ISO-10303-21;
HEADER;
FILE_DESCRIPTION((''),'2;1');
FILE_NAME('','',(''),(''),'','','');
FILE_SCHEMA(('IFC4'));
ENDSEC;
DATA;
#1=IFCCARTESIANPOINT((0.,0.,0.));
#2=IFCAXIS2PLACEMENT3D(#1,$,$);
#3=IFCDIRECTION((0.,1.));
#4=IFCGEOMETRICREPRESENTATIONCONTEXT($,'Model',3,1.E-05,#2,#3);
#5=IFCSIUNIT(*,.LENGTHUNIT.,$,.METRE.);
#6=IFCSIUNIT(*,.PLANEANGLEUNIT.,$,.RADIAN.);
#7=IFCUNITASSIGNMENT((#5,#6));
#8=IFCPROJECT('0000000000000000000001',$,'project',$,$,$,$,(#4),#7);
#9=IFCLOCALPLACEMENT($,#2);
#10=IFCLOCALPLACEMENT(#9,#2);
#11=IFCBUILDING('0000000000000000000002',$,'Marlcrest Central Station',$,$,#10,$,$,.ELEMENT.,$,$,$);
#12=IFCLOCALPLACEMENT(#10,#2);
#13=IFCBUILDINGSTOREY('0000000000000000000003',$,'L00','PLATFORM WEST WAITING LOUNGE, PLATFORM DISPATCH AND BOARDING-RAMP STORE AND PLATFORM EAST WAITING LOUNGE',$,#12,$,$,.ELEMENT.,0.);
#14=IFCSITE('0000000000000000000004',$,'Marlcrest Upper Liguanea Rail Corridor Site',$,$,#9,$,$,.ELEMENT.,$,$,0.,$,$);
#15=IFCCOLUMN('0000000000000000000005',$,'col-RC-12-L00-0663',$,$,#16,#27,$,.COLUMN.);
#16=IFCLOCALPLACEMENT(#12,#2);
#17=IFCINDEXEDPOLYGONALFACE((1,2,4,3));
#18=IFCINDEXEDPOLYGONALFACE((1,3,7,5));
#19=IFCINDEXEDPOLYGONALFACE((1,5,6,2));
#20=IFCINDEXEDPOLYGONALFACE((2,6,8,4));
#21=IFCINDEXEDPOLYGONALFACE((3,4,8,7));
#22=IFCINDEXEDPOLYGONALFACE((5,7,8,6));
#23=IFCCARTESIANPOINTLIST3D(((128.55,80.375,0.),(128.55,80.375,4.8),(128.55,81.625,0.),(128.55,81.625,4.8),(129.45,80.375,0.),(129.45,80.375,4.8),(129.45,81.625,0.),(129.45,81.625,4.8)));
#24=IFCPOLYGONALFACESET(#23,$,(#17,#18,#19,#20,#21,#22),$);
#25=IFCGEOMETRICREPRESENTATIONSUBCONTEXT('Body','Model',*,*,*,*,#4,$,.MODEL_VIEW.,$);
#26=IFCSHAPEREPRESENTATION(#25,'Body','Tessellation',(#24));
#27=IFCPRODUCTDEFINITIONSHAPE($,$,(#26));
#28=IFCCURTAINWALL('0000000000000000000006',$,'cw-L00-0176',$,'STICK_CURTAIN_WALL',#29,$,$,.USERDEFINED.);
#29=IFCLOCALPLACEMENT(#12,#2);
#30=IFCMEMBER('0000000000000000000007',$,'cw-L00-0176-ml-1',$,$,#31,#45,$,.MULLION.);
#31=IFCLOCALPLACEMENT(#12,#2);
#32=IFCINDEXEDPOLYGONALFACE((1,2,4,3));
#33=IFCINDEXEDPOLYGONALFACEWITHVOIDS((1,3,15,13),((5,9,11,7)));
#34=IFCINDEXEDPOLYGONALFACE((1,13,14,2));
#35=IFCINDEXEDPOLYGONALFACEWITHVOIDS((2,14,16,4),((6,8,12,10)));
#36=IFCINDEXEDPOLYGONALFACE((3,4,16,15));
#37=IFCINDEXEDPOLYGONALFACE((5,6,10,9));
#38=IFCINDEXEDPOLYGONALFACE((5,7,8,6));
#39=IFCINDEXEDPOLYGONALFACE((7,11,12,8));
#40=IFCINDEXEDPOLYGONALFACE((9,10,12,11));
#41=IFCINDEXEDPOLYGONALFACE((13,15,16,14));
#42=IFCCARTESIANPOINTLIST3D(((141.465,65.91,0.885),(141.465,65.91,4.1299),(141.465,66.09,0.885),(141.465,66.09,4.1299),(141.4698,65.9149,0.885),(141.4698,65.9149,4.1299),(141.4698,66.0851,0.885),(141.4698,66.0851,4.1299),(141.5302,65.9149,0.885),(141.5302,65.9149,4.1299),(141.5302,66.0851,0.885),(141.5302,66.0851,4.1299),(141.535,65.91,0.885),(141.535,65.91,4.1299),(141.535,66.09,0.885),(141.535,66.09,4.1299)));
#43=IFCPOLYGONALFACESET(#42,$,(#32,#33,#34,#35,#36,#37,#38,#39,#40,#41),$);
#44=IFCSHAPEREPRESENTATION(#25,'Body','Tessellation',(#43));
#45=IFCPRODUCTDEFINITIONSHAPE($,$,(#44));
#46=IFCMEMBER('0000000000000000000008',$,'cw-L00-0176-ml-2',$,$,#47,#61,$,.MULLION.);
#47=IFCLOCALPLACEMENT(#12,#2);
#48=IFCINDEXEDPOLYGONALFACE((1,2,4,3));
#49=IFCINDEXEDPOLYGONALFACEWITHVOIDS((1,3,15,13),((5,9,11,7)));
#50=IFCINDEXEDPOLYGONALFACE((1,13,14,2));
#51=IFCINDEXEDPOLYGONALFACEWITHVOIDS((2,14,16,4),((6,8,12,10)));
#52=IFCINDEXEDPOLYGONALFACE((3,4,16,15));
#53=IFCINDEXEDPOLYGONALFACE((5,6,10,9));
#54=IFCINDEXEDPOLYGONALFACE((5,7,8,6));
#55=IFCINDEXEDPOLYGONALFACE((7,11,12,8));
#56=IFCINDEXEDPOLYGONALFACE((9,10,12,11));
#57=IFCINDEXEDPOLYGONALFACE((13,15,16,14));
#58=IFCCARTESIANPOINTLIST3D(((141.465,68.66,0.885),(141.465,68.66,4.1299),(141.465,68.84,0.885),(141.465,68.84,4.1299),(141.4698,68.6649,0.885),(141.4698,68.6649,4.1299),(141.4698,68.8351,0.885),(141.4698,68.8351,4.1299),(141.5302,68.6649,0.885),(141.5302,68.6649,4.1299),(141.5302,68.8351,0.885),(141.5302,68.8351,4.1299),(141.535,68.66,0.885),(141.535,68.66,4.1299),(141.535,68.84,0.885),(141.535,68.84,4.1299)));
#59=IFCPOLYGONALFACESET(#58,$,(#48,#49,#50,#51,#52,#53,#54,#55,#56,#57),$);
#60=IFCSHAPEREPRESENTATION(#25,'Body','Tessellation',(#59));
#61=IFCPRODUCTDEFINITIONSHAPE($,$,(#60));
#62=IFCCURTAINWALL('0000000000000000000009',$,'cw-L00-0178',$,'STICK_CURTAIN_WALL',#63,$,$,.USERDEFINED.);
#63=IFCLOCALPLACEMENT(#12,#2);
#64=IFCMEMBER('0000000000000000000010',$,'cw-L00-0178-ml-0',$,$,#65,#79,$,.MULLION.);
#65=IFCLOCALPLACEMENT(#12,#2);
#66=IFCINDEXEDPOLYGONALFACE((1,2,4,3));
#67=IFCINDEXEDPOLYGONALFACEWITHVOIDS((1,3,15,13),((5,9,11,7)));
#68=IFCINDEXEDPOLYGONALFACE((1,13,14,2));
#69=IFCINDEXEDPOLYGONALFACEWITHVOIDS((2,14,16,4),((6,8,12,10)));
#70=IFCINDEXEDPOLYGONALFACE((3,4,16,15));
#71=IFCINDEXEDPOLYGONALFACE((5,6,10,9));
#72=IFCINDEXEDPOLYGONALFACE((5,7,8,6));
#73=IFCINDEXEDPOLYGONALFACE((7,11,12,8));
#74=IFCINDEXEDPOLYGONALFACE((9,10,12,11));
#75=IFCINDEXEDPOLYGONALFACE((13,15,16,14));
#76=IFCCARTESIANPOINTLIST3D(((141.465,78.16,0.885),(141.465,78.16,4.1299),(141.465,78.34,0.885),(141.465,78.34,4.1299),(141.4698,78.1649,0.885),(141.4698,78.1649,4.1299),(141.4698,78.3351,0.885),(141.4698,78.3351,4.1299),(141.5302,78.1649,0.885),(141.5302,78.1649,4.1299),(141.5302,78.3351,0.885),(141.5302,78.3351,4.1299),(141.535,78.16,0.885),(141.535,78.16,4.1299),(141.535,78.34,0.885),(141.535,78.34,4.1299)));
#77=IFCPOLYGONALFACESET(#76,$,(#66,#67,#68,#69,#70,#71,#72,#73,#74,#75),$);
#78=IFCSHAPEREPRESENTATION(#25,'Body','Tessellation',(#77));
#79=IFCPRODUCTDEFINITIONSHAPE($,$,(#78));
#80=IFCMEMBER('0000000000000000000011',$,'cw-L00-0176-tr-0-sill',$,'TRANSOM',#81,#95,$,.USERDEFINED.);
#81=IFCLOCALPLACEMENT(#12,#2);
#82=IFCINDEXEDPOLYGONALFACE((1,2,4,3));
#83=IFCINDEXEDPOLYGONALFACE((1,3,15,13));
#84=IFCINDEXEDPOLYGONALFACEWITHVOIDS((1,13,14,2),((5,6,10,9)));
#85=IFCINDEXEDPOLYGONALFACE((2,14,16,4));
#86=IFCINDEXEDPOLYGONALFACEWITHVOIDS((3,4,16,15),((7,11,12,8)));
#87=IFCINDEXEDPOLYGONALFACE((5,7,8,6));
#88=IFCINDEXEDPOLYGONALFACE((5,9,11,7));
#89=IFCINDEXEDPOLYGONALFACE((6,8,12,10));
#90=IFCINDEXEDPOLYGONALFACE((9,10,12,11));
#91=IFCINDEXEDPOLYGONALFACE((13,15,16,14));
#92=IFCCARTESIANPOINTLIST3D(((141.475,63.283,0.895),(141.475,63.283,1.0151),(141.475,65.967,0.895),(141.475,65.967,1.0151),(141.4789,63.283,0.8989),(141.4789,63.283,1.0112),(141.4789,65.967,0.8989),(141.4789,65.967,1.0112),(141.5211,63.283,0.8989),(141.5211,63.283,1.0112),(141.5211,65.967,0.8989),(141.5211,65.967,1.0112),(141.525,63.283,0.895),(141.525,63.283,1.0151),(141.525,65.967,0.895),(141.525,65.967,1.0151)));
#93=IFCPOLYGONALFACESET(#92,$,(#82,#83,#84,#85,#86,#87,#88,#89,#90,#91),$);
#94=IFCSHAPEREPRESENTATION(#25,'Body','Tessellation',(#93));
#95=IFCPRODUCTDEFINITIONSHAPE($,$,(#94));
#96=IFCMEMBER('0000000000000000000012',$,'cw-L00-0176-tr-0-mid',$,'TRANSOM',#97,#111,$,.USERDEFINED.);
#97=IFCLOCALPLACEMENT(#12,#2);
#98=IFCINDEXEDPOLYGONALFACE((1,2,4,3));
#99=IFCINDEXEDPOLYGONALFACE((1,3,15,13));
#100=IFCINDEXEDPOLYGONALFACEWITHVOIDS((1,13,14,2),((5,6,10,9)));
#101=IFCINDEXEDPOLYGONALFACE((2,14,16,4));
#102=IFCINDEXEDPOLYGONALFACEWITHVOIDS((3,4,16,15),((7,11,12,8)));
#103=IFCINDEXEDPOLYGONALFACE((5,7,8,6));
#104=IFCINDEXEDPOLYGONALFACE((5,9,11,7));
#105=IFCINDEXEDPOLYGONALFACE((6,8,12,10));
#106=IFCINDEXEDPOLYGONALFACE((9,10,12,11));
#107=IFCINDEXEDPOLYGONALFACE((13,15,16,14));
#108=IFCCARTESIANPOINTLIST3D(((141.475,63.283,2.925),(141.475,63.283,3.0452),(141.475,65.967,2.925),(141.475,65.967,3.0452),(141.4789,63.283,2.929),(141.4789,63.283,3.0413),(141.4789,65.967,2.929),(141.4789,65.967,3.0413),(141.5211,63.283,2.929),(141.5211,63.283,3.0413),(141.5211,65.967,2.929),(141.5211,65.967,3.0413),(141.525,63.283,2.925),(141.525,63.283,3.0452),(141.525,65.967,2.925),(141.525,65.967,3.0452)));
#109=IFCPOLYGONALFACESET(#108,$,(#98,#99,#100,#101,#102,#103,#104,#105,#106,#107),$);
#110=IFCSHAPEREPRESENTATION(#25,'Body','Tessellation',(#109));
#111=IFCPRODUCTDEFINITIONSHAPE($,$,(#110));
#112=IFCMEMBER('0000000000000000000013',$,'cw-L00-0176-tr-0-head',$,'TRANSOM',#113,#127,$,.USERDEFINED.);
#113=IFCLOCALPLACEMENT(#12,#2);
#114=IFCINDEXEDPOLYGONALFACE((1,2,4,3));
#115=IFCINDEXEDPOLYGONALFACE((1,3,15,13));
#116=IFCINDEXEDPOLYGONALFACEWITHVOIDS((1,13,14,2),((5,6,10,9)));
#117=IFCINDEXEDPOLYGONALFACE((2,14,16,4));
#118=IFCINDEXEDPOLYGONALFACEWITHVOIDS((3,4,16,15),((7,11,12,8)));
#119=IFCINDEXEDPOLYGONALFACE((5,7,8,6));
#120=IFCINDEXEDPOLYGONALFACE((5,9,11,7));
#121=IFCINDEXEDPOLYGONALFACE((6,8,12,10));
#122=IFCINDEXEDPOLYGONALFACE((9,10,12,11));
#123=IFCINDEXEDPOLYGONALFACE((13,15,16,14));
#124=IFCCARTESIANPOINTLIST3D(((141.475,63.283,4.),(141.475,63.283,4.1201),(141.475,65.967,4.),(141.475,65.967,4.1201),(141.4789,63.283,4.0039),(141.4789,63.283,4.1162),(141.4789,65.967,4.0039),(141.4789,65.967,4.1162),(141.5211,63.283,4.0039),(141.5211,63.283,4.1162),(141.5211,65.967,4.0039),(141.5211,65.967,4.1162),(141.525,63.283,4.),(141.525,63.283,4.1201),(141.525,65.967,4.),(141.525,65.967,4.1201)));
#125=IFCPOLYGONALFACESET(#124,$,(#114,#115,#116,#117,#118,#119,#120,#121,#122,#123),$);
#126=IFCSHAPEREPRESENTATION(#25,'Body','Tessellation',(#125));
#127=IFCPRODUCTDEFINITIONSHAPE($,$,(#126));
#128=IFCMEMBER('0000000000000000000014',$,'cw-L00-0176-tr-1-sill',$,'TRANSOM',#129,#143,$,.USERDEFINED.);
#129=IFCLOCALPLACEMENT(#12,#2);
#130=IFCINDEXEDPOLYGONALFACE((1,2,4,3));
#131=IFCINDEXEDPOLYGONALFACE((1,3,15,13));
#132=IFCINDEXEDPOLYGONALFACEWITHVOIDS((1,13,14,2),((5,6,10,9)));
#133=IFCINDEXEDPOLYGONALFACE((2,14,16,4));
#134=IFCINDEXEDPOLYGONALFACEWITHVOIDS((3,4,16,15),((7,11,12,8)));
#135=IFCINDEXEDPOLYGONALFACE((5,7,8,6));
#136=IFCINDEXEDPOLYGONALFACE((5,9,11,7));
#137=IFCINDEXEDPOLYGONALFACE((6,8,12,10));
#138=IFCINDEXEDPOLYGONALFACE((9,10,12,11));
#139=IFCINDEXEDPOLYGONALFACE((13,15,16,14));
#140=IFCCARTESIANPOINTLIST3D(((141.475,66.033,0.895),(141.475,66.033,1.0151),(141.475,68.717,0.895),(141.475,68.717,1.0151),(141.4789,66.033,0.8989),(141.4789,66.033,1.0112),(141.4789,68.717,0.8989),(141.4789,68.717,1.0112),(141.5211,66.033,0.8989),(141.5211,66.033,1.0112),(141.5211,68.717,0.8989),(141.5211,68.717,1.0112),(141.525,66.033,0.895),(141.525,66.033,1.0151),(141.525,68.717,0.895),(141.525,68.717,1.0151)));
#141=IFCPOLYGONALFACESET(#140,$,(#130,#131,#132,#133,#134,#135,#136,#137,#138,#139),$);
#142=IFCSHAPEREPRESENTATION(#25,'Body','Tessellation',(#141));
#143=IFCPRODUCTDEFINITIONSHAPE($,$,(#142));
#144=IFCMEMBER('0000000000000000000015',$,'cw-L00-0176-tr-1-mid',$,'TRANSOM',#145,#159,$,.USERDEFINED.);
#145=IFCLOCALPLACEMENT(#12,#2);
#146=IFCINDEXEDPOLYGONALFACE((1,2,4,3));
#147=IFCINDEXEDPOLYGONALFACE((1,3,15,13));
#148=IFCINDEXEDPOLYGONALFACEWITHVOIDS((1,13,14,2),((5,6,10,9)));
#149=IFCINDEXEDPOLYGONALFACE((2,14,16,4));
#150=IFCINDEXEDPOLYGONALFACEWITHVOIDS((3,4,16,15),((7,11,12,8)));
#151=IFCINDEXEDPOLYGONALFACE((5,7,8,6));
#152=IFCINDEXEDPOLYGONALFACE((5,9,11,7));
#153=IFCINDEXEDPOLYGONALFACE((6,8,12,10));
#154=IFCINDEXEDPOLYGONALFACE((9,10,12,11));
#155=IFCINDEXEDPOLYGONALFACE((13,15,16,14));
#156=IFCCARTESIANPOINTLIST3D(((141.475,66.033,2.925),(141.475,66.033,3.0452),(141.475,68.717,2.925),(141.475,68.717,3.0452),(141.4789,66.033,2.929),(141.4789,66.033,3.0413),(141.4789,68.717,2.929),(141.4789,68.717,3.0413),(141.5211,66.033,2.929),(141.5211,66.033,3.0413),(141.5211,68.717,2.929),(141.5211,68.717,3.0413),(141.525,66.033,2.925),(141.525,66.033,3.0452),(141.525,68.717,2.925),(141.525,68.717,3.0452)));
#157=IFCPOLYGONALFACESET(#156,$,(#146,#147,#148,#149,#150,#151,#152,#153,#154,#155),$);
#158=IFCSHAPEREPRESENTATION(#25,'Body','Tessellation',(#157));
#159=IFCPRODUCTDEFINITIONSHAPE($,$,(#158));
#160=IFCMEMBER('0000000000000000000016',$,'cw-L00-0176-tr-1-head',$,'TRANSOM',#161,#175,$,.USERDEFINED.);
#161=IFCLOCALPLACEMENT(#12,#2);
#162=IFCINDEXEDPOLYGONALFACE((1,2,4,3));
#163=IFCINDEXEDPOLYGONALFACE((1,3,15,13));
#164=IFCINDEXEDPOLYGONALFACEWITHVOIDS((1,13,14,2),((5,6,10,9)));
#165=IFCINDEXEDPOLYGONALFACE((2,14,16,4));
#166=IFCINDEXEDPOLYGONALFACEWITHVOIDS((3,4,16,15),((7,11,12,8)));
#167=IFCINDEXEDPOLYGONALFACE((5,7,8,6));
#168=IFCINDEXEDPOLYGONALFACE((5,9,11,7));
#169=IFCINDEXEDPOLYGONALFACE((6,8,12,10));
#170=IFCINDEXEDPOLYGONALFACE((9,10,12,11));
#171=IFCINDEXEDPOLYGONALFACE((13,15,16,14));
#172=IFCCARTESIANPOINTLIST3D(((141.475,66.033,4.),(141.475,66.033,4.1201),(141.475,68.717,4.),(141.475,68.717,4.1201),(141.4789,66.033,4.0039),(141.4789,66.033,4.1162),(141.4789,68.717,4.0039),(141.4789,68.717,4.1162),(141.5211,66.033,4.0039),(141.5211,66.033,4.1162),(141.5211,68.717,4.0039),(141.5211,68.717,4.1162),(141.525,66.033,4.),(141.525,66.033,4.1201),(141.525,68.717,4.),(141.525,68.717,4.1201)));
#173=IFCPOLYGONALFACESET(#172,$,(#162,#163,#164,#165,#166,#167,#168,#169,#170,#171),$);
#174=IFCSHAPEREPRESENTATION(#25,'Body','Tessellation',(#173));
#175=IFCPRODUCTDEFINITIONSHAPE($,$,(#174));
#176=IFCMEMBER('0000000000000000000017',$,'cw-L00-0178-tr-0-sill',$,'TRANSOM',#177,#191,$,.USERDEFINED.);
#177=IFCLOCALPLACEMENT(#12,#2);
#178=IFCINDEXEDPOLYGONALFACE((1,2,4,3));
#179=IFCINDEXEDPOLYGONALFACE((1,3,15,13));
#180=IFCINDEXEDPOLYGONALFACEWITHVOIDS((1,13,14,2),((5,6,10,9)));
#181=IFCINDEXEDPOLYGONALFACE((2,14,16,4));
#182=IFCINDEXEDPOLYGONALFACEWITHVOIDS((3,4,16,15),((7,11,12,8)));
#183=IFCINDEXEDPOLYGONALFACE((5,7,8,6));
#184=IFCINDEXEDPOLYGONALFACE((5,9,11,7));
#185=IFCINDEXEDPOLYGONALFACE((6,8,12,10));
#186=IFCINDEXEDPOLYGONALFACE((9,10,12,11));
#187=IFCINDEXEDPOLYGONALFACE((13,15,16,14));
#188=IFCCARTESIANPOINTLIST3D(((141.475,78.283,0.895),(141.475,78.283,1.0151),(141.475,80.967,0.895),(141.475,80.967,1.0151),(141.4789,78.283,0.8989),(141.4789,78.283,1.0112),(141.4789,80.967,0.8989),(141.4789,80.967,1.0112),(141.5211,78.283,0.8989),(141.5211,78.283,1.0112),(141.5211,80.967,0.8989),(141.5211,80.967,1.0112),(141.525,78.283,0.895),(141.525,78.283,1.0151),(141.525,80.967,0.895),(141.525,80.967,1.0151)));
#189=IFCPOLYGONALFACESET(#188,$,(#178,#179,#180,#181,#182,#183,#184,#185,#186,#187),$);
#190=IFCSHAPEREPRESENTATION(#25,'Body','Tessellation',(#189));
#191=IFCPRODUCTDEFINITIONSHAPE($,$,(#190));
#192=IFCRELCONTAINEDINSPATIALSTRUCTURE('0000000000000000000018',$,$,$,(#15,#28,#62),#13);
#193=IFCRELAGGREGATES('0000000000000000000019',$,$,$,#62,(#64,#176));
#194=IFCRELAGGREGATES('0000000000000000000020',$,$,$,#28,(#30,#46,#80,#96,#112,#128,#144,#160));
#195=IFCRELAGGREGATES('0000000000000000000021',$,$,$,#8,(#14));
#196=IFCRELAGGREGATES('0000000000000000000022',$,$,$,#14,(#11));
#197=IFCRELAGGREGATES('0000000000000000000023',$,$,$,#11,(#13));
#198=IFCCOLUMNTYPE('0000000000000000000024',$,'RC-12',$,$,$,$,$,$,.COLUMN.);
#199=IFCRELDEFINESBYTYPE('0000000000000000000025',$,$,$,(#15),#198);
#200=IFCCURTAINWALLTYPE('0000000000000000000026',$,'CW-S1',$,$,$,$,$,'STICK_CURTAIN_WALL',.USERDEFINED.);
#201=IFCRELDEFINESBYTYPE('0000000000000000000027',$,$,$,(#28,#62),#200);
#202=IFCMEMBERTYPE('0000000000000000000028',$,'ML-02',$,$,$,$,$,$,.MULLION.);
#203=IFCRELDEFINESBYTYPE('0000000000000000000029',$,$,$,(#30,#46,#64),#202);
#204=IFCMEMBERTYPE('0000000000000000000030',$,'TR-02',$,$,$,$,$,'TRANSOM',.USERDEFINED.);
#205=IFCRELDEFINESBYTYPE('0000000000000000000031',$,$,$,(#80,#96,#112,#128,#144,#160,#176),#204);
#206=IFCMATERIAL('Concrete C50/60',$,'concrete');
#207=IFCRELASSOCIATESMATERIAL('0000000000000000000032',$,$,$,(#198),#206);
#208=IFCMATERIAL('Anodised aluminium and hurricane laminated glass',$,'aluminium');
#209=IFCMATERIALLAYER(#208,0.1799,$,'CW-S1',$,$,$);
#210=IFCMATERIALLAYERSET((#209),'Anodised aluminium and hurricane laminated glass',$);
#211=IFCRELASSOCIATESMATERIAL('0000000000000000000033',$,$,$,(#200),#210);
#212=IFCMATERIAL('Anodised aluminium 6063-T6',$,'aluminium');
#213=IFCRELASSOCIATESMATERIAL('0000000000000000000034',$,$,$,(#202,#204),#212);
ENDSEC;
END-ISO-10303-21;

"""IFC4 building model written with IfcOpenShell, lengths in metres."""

from ifc_helpers import new_model, si_unit, direction, frame, origin, origin_2d, place, context, subcontext, project, spatial, rectangle, hollow_rectangle, extrude, material, layer, layer_set, material_profile, profile_set, type_object, element, aggregate, save


model = new_model("IFC4")

# Units and contexts
model_context = context("Model", 3, precision=1e-05, world=origin(), true_north=direction((0.0, 1.0)))
body_context = subcontext(model_context, "Body", "Model", "MODEL_VIEW")
ifc_project = project(units=[si_unit("LENGTHUNIT", "METRE"), si_unit("PLANEANGLEUNIT", "RADIAN")], contexts=[model_context])

# Site, building, storey
site_placement = place(None, origin())
site = spatial("IfcSite", under=ifc_project, at=site_placement, Name="Marlcrest Upper Liguanea Rail Corridor Site", CompositionType="ELEMENT", RefElevation=0.0)
building_placement = place(site_placement, origin())
building = spatial("IfcBuilding", under=site, at=building_placement, Name="Marlcrest Central Station", CompositionType="ELEMENT")
storey_placement = place(building_placement, origin())
storey = spatial("IfcBuildingStorey", under=building, at=storey_placement, Name="L00", Description="PLATFORM WEST WAITING LOUNGE, PLATFORM DISPATCH AND BOARDING-RAMP STORE AND PLATFORM EAST WAITING LOUNGE", CompositionType="ELEMENT", Elevation=0.0)

# Column
ifc_material_1 = material(Name="Concrete C50/60", Category="concrete")
ifc_material_profile_1 = material_profile(ifc_material_1, rectangle(XDim=0.8999, YDim=1.25, at=origin_2d()), Name="RC 900x1250")
ifc_profile_set_1 = profile_set([ifc_material_profile_1], Name="Concrete C50/60")
column_type = type_object("IfcColumnType", Name="RC-12", PredefinedType="COLUMN", material=ifc_profile_set_1)
for number, where, z_axis, x_axis, name in (
    (1, (129.0, 81.0, 0.0), (0.0, 0.0, 1.0), (1.0, 0.0, 0.0), "col-RC-12-L00-0663"),
):
    element("IfcColumn", number, at=place(storey_placement, frame(where, z_axis=z_axis, x_axis=x_axis)), inside=storey, type_object=column_type, Name=name, PredefinedType="COLUMN", context=body_context, shape_type="SweptSolid", body=[
        extrude(rectangle(XDim=0.8999, YDim=1.25, at=origin_2d()), origin(), (0.0, 0.0, 1.0), 4.8),
    ])

# Curtain wall, members
ifc_material_2 = material(Name="Anodised aluminium and hurricane laminated glass", Category="aluminium")
ifc_layer_1 = layer(ifc_material_2, 0.1799, Name="CW-S1")
ifc_layer_set_1 = layer_set([ifc_layer_1], Name="Anodised aluminium and hurricane laminated glass")
curtain_wall_type = type_object("IfcCurtainWallType", Name="CW-S1", ElementType="STICK_CURTAIN_WALL", PredefinedType="USERDEFINED", material=ifc_layer_set_1)
curtain_wall_1_placement = place(storey_placement, origin())
curtain_wall_1 = element("IfcCurtainWall", 2, at=curtain_wall_1_placement, inside=storey, type_object=curtain_wall_type, Name="cw-L00-0176", ObjectType="STICK_CURTAIN_WALL", PredefinedType="USERDEFINED")
ifc_material_3 = material(Name="Anodised aluminium 6063-T6", Category="aluminium")
ifc_material_profile_2 = material_profile(ifc_material_3, hollow_rectangle(XDim=0.0701, YDim=0.1799, WallThickness=0.0049, at=origin_2d()), Name="AA-RHS 180x70x5")
ifc_profile_set_2 = profile_set([ifc_material_profile_2], Name="Anodised aluminium 6063-T6")
member_type_1 = type_object("IfcMemberType", Name="ML-02", PredefinedType="MULLION", material=ifc_profile_set_2)
member_1_placement = place(storey_placement, frame((141.5, 66.0, 0.885), z_axis=(0.0, 0.0, 1.0), x_axis=(1.0, 0.0, 0.0)))
member_1 = element("IfcMember", 3, at=member_1_placement, type_object=member_type_1, Name="cw-L00-0176-ml-1", PredefinedType="MULLION", context=body_context, shape_type="SweptSolid", body=[
    extrude(hollow_rectangle(XDim=0.0701, YDim=0.1799, WallThickness=0.0049, at=origin_2d()), origin(), (0.0, 0.0, 1.0), 3.2449),
])
member_2_placement = place(storey_placement, frame((141.5, 68.75, 0.885), z_axis=(0.0, 0.0, 1.0), x_axis=(1.0, 0.0, 0.0)))
member_2 = element("IfcMember", 4, at=member_2_placement, type_object=member_type_1, Name="cw-L00-0176-ml-2", PredefinedType="MULLION", context=body_context, shape_type="SweptSolid", body=[
    extrude(hollow_rectangle(XDim=0.0701, YDim=0.1799, WallThickness=0.0049, at=origin_2d()), origin(), (0.0, 0.0, 1.0), 3.2449),
])

# Curtain wall, member
curtain_wall_2_placement = place(storey_placement, origin())
curtain_wall_2 = element("IfcCurtainWall", 5, at=curtain_wall_2_placement, inside=storey, type_object=curtain_wall_type, Name="cw-L00-0178", ObjectType="STICK_CURTAIN_WALL", PredefinedType="USERDEFINED")
member_3_placement = place(storey_placement, frame((141.5, 78.25, 0.885), z_axis=(0.0, 0.0, 1.0), x_axis=(1.0, 0.0, 0.0)))
member_3 = element("IfcMember", 6, at=member_3_placement, type_object=member_type_1, Name="cw-L00-0178-ml-0", PredefinedType="MULLION", context=body_context, shape_type="SweptSolid", body=[
    extrude(hollow_rectangle(XDim=0.0701, YDim=0.1799, WallThickness=0.0049, at=origin_2d()), origin(), (0.0, 0.0, 1.0), 3.2449),
])

# Members
ifc_material_profile_3 = material_profile(ifc_material_3, hollow_rectangle(XDim=0.05, YDim=0.1201, WallThickness=0.0039, at=origin_2d()), Name="AA-RHS 120x50x4")
ifc_profile_set_3 = profile_set([ifc_material_profile_3], Name="Anodised aluminium 6063-T6")
member_type_2 = type_object("IfcMemberType", Name="TR-02", ElementType="TRANSOM", PredefinedType="USERDEFINED", material=ifc_profile_set_3)
member_4_placement = place(storey_placement, frame((141.5, 63.283, 0.9551), z_axis=(0.0, 1.0, 0.0), x_axis=(-1.0, 0.0, 0.0)))
member_4 = element("IfcMember", 7, at=member_4_placement, type_object=member_type_2, Name="cw-L00-0176-tr-0-sill", ObjectType="TRANSOM", PredefinedType="USERDEFINED", context=body_context, shape_type="SweptSolid", body=[
    extrude(hollow_rectangle(XDim=0.05, YDim=0.1201, WallThickness=0.0039, at=origin_2d()), origin(), (0.0, 0.0, 1.0), 2.6841),
])
member_5_placement = place(storey_placement, frame((141.5, 63.283, 2.9851), z_axis=(0.0, 1.0, 0.0), x_axis=(-1.0, 0.0, 0.0)))
member_5 = element("IfcMember", 8, at=member_5_placement, type_object=member_type_2, Name="cw-L00-0176-tr-0-mid", ObjectType="TRANSOM", PredefinedType="USERDEFINED", context=body_context, shape_type="SweptSolid", body=[
    extrude(hollow_rectangle(XDim=0.05, YDim=0.1201, WallThickness=0.0039, at=origin_2d()), origin(), (0.0, 0.0, 1.0), 2.6841),
])
member_6_placement = place(storey_placement, frame((141.5, 63.283, 4.0601), z_axis=(0.0, 1.0, 0.0), x_axis=(-1.0, 0.0, 0.0)))
member_6 = element("IfcMember", 9, at=member_6_placement, type_object=member_type_2, Name="cw-L00-0176-tr-0-head", ObjectType="TRANSOM", PredefinedType="USERDEFINED", context=body_context, shape_type="SweptSolid", body=[
    extrude(hollow_rectangle(XDim=0.05, YDim=0.1201, WallThickness=0.0039, at=origin_2d()), origin(), (0.0, 0.0, 1.0), 2.6841),
])
member_7_placement = place(storey_placement, frame((141.5, 66.033, 0.9551), z_axis=(0.0, 1.0, 0.0), x_axis=(-1.0, 0.0, 0.0)))
member_7 = element("IfcMember", 10, at=member_7_placement, type_object=member_type_2, Name="cw-L00-0176-tr-1-sill", ObjectType="TRANSOM", PredefinedType="USERDEFINED", context=body_context, shape_type="SweptSolid", body=[
    extrude(hollow_rectangle(XDim=0.05, YDim=0.1201, WallThickness=0.0039, at=origin_2d()), origin(), (0.0, 0.0, 1.0), 2.6841),
])
member_8_placement = place(storey_placement, frame((141.5, 66.033, 2.9851), z_axis=(0.0, 1.0, 0.0), x_axis=(-1.0, 0.0, 0.0)))
member_8 = element("IfcMember", 11, at=member_8_placement, type_object=member_type_2, Name="cw-L00-0176-tr-1-mid", ObjectType="TRANSOM", PredefinedType="USERDEFINED", context=body_context, shape_type="SweptSolid", body=[
    extrude(hollow_rectangle(XDim=0.05, YDim=0.1201, WallThickness=0.0039, at=origin_2d()), origin(), (0.0, 0.0, 1.0), 2.6841),
])
member_9_placement = place(storey_placement, frame((141.5, 66.033, 4.0601), z_axis=(0.0, 1.0, 0.0), x_axis=(-1.0, 0.0, 0.0)))
member_9 = element("IfcMember", 12, at=member_9_placement, type_object=member_type_2, Name="cw-L00-0176-tr-1-head", ObjectType="TRANSOM", PredefinedType="USERDEFINED", context=body_context, shape_type="SweptSolid", body=[
    extrude(hollow_rectangle(XDim=0.05, YDim=0.1201, WallThickness=0.0039, at=origin_2d()), origin(), (0.0, 0.0, 1.0), 2.6841),
])
member_10_placement = place(storey_placement, frame((141.5, 78.283, 0.9551), z_axis=(0.0, 1.0, 0.0), x_axis=(-1.0, 0.0, 0.0)))
member_10 = element("IfcMember", 13, at=member_10_placement, type_object=member_type_2, Name="cw-L00-0178-tr-0-sill", ObjectType="TRANSOM", PredefinedType="USERDEFINED", context=body_context, shape_type="SweptSolid", body=[
    extrude(hollow_rectangle(XDim=0.05, YDim=0.1201, WallThickness=0.0039, at=origin_2d()), origin(), (0.0, 0.0, 1.0), 2.6841),
])
aggregate(curtain_wall_2, [member_3, member_10])

aggregate(curtain_wall_1, [member_1, member_2, member_4, member_5, member_6, member_7, member_8, member_9])

save(model, "model.ifc")
